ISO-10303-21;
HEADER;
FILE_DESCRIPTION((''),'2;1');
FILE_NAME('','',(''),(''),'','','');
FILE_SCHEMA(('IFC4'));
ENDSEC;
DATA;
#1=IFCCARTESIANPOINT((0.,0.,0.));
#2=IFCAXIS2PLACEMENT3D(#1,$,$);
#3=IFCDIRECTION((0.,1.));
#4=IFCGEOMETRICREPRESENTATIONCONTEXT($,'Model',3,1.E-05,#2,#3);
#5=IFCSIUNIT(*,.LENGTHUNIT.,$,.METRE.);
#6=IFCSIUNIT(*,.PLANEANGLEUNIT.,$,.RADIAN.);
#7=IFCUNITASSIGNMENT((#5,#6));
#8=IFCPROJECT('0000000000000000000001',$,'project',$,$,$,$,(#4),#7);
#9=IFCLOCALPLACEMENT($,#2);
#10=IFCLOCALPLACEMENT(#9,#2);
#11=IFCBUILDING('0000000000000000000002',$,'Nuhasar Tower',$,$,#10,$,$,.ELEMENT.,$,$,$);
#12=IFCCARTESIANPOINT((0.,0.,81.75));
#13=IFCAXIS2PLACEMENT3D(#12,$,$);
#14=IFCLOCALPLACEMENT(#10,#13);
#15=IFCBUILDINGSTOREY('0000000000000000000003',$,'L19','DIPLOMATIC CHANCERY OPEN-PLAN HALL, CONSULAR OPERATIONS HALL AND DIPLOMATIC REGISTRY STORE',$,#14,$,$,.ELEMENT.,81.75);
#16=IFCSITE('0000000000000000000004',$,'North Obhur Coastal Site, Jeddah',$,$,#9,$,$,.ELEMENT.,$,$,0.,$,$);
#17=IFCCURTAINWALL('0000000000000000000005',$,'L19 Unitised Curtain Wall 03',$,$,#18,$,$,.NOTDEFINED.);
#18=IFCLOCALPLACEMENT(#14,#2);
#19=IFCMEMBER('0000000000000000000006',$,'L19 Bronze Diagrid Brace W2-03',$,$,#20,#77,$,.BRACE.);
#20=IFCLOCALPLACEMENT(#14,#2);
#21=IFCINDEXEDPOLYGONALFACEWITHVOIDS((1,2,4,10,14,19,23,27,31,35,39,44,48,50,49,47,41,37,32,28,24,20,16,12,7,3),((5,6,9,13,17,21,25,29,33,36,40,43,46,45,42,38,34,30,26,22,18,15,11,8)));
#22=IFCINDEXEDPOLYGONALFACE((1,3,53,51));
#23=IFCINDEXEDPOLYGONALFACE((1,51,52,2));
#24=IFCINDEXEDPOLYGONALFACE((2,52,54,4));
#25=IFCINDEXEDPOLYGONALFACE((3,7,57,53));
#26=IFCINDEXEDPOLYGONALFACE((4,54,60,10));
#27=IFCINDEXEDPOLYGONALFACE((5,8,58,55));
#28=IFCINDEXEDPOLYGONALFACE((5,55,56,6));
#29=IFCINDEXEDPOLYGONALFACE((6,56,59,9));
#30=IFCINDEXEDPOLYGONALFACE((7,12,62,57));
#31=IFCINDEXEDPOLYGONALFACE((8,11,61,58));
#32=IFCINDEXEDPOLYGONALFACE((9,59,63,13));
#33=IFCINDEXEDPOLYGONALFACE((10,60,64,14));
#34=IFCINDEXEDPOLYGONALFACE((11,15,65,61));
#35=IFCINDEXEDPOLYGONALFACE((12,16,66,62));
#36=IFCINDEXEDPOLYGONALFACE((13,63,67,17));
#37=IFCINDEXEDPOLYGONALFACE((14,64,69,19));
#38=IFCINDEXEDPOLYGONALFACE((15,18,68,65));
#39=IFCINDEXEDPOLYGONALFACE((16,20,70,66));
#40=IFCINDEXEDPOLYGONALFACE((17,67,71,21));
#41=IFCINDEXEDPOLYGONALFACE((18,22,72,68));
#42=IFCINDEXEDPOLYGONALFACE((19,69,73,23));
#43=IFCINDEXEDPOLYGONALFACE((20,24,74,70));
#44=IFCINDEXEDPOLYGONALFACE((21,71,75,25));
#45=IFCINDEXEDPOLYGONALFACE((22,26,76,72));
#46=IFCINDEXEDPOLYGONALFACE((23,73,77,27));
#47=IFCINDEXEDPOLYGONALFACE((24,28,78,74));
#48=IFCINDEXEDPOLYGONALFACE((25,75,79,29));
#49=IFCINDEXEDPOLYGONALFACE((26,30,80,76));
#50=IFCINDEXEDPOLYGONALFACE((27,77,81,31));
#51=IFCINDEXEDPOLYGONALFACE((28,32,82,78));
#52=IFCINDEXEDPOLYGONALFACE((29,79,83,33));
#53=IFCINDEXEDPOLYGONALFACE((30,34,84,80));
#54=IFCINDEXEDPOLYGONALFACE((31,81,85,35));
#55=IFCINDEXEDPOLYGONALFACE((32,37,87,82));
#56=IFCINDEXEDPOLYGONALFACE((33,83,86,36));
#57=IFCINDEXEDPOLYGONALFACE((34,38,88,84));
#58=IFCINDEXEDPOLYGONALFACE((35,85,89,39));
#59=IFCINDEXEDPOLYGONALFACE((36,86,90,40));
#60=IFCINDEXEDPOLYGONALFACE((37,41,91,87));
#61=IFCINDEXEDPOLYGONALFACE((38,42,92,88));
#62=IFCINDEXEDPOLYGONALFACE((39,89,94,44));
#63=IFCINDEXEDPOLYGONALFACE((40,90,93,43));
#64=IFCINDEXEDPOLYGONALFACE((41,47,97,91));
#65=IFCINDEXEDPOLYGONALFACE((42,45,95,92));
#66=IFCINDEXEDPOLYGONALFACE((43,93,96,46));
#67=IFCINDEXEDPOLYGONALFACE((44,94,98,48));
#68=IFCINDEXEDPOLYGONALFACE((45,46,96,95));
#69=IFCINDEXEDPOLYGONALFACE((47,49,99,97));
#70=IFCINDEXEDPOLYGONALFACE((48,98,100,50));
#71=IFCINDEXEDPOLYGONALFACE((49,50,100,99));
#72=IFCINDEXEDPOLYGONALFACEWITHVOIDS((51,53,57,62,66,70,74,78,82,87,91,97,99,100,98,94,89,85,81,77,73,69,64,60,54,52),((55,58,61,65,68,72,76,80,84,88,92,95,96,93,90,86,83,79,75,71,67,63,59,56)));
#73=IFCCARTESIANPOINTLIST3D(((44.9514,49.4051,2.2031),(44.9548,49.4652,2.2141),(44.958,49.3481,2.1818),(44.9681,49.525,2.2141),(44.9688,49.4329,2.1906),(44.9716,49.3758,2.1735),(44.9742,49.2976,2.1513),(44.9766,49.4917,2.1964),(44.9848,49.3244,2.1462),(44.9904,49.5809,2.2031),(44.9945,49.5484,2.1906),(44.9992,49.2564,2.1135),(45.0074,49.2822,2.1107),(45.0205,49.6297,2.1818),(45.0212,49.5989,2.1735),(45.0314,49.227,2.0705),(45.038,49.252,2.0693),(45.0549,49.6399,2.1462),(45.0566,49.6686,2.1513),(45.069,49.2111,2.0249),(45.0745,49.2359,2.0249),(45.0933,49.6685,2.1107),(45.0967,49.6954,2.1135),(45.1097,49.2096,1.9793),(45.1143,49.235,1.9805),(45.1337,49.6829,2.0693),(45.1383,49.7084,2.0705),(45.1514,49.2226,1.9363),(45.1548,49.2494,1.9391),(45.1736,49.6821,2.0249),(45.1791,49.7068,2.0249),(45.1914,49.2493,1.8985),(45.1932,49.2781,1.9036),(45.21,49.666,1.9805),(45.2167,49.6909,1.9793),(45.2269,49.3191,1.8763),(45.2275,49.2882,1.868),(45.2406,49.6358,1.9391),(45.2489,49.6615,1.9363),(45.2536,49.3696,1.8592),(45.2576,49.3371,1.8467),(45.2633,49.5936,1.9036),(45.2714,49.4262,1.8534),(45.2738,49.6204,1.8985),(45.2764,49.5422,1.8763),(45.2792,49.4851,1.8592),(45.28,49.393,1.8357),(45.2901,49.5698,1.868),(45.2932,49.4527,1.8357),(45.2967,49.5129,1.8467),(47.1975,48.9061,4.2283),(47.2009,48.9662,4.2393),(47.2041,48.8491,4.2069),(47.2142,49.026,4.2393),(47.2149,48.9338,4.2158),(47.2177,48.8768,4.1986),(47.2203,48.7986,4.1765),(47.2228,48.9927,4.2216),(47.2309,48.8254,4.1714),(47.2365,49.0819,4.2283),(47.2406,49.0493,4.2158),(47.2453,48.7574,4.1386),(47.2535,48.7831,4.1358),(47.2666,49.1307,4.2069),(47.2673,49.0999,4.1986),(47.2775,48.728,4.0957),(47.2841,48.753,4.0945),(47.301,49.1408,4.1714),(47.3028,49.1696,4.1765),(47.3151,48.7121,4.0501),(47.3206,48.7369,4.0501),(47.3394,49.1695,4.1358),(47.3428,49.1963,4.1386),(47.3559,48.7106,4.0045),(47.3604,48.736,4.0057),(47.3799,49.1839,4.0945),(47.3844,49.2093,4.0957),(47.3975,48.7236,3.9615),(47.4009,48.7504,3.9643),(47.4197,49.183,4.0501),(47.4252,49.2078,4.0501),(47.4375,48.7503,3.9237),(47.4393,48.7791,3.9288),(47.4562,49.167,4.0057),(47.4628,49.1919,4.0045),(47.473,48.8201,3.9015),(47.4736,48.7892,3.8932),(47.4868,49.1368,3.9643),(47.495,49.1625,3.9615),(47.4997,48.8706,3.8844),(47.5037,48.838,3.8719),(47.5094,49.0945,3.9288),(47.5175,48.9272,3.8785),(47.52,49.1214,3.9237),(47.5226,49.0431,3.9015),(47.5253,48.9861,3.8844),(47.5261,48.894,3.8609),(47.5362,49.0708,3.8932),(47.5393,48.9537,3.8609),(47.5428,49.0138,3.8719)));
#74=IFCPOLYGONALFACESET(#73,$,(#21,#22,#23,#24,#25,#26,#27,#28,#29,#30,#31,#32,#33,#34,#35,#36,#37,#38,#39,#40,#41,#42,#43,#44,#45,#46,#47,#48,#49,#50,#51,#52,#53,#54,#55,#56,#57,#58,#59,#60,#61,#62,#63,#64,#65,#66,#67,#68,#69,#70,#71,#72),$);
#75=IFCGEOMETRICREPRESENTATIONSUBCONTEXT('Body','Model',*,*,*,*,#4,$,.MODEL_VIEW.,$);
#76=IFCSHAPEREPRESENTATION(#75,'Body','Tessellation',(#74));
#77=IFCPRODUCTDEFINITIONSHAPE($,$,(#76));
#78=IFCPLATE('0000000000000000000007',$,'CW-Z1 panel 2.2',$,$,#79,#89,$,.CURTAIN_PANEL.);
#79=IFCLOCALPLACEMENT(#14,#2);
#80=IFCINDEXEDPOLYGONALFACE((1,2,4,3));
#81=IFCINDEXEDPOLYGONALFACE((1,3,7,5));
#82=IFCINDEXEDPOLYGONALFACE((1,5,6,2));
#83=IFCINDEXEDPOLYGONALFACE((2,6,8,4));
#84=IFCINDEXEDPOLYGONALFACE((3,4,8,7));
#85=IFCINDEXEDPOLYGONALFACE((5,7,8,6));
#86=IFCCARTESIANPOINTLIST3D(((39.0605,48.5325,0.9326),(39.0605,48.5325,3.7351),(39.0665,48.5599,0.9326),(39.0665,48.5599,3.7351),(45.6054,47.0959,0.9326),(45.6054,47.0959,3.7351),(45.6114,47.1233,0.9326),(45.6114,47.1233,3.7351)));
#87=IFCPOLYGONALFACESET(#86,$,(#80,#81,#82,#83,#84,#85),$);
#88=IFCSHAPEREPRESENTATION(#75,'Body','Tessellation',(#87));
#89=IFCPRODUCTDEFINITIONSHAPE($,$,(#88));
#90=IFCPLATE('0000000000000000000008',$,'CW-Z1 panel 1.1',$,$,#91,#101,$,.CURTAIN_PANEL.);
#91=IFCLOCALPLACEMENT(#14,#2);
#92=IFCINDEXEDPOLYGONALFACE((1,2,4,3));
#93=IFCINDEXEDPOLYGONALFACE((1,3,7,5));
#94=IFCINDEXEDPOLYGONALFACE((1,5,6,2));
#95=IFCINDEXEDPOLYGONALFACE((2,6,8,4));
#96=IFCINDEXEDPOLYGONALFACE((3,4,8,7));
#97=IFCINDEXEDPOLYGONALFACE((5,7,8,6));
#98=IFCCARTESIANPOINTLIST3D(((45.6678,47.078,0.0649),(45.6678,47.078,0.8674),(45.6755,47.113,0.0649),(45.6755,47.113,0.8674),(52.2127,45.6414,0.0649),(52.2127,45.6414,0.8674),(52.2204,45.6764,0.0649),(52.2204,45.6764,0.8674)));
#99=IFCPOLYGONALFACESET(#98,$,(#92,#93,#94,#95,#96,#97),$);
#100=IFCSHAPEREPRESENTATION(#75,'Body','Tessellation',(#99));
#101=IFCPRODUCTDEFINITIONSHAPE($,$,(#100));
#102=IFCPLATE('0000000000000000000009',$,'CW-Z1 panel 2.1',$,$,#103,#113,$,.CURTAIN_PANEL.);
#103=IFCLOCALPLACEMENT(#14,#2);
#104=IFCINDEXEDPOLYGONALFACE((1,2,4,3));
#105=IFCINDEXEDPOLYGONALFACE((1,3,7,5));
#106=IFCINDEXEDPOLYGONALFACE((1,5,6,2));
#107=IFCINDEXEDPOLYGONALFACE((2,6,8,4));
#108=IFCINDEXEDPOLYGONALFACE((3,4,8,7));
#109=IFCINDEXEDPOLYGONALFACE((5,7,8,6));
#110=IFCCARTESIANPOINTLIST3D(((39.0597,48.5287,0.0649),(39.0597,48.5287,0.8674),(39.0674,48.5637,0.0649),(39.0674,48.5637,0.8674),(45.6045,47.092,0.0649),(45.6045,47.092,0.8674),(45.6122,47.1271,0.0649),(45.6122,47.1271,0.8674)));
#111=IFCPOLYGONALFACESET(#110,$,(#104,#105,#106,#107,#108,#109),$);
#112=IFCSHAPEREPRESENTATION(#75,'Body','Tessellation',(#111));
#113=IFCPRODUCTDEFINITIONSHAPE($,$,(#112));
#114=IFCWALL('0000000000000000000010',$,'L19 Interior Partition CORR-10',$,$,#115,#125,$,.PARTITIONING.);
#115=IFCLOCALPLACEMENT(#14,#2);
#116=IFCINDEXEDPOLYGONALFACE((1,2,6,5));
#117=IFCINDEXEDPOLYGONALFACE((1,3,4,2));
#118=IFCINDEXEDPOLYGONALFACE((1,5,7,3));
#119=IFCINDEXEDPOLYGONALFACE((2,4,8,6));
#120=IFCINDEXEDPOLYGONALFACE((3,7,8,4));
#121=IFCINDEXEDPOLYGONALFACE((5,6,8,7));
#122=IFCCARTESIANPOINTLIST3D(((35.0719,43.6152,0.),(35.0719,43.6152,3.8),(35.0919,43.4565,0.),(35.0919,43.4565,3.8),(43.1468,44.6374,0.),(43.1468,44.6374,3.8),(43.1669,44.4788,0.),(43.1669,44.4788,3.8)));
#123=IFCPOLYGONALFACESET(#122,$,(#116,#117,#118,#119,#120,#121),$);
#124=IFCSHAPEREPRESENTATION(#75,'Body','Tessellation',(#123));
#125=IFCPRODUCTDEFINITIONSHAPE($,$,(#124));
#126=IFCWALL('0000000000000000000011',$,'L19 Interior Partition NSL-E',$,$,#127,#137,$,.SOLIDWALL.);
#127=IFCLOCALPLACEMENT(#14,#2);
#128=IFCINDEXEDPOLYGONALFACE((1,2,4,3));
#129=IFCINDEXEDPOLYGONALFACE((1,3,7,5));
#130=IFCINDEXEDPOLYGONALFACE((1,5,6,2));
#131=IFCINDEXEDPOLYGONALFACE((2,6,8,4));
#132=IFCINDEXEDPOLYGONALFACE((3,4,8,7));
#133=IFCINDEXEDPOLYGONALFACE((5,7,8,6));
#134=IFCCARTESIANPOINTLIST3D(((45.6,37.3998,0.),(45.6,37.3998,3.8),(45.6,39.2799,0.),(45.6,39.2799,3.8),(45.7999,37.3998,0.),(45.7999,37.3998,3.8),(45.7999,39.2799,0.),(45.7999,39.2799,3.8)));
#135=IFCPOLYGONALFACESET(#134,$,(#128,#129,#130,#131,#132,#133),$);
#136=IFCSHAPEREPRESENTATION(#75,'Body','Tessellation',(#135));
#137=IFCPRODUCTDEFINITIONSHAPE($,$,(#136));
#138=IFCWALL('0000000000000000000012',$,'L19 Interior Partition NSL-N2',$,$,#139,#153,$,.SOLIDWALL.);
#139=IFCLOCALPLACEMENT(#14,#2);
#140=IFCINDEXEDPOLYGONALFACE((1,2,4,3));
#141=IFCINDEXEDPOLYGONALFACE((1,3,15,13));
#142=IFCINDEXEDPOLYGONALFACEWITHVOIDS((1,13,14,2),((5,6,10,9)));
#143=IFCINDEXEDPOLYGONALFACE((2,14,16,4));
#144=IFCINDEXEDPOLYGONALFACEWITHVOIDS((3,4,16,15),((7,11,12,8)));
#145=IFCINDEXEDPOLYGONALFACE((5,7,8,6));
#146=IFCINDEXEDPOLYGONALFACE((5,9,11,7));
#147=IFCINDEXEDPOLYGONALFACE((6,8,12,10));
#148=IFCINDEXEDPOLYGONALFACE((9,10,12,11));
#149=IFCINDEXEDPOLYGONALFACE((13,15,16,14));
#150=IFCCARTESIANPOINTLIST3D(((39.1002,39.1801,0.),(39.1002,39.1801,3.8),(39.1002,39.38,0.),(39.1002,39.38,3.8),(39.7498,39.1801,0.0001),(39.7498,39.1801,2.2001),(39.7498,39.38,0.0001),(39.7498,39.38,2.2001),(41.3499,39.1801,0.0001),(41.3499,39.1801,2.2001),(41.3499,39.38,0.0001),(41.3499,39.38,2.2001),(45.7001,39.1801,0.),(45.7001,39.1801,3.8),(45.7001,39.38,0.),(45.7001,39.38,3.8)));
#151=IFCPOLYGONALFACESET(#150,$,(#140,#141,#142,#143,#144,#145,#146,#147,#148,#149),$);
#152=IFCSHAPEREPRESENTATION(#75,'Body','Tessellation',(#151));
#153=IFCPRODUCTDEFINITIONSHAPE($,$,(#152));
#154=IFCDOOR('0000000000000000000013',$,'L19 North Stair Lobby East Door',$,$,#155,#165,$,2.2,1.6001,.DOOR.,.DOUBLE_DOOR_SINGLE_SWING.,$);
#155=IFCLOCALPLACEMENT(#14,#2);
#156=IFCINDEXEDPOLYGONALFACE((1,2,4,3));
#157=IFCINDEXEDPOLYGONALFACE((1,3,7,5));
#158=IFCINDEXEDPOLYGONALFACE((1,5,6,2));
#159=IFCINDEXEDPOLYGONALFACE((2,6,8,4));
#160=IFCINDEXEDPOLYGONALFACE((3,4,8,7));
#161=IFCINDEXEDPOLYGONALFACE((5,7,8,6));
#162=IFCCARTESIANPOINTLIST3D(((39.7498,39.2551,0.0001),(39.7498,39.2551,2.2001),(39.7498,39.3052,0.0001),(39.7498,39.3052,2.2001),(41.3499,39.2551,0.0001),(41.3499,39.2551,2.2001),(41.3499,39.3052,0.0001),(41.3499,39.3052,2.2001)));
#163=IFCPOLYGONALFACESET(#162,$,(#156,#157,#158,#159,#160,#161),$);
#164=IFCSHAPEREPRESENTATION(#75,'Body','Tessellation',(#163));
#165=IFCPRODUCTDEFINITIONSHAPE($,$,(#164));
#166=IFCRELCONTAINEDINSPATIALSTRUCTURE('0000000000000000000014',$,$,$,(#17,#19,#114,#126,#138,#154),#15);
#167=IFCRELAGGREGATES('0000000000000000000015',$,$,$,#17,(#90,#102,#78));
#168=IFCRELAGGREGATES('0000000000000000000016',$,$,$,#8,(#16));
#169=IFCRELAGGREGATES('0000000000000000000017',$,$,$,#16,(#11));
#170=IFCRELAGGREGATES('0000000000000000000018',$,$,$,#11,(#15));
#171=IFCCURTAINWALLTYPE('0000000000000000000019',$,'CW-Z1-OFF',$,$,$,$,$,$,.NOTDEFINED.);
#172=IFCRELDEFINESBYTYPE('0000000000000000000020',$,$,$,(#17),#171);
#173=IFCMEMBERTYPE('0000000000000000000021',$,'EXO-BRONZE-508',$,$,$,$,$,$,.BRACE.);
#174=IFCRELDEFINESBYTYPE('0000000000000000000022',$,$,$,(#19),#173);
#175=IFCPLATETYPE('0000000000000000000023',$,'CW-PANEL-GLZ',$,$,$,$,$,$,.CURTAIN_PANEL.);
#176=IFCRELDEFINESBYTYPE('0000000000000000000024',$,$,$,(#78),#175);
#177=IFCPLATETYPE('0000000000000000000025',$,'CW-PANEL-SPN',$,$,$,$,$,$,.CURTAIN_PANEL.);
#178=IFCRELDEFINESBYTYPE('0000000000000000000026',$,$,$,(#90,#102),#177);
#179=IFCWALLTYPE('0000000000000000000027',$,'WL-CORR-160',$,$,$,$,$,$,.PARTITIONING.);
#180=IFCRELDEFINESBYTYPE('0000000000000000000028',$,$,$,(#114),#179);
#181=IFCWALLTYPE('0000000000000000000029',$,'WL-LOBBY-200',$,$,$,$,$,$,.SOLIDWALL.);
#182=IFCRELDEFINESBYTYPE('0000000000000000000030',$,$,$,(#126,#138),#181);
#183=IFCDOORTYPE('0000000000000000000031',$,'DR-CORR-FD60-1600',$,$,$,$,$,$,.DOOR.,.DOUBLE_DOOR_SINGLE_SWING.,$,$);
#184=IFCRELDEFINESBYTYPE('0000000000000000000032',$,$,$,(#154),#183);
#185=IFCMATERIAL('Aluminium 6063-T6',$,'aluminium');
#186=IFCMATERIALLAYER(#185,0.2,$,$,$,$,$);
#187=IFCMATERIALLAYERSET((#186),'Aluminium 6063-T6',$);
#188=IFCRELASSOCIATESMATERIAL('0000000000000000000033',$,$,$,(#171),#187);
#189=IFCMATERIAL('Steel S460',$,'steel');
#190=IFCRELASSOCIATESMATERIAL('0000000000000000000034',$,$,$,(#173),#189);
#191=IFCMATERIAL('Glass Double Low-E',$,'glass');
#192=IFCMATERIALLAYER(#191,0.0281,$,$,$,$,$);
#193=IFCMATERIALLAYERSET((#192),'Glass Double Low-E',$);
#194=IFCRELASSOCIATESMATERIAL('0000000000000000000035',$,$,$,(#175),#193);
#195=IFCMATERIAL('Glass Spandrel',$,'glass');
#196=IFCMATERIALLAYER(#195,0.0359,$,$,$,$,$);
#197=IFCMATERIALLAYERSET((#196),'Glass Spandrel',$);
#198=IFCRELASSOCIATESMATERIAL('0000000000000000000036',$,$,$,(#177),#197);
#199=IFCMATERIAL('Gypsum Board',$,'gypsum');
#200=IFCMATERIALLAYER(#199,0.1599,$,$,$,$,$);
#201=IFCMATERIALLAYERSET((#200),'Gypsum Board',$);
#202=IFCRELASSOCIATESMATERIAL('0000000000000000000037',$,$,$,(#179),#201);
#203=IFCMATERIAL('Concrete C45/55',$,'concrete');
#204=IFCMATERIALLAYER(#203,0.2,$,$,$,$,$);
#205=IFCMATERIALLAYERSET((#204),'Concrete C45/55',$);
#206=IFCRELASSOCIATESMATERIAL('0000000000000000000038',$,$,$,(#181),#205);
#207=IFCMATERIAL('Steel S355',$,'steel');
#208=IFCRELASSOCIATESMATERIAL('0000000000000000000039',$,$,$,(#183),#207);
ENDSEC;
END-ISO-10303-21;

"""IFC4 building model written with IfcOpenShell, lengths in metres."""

from ifc_helpers import new_model, si_unit, direction, frame, frame_2d, origin, origin_2d, place, context, subcontext, project, spatial, rectangle, hollow_circle, extrude, material, layer, layer_set, material_profile, profile_set, type_object, element, fill, aggregate, save


model = new_model("IFC4")

# Units and contexts
model_context = context("Model", 3, precision=1e-05, world=origin(), true_north=direction((0.0, 1.0)))
body_context = subcontext(model_context, "Body", "Model", "MODEL_VIEW")
ifc_project = project(units=[si_unit("LENGTHUNIT", "METRE"), si_unit("PLANEANGLEUNIT", "RADIAN")], contexts=[model_context])

# Site, building, storey
site_placement = place(None, origin())
site = spatial("IfcSite", under=ifc_project, at=site_placement, Name="North Obhur Coastal Site, Jeddah", CompositionType="ELEMENT", RefElevation=0.0)
building_placement = place(site_placement, origin())
building = spatial("IfcBuilding", under=site, at=building_placement, Name="Nuhasar Tower", CompositionType="ELEMENT")
storey_placement = place(building_placement, frame((0.0, 0.0, 81.75)))
storey = spatial("IfcBuildingStorey", under=building, at=storey_placement, Name="L19", Description="DIPLOMATIC CHANCERY OPEN-PLAN HALL, CONSULAR OPERATIONS HALL AND DIPLOMATIC REGISTRY STORE", CompositionType="ELEMENT", Elevation=81.75)

# Shared definitions
ifc_material_1 = material(Name="Steel S355", Category="steel")

# Curtain wall
ifc_material_2 = material(Name="Aluminium 6063-T6", Category="aluminium")
ifc_layer_1 = layer(ifc_material_2, 0.2)
ifc_layer_set_1 = layer_set([ifc_layer_1], Name="Aluminium 6063-T6")
curtain_wall_type = type_object("IfcCurtainWallType", Name="CW-Z1-OFF", PredefinedType="NOTDEFINED", material=ifc_layer_set_1)
curtain_wall_placement = place(storey_placement, origin())
curtain_wall = element("IfcCurtainWall", 1, at=curtain_wall_placement, inside=storey, type_object=curtain_wall_type, Name="L19 Unitised Curtain Wall 03", PredefinedType="NOTDEFINED")

# Member
ifc_material_3 = material(Name="Steel S460", Category="steel")
ifc_material_profile_1 = material_profile(ifc_material_3, hollow_circle(Radius=0.2539, WallThickness=0.0254, at=origin_2d()), Name="HSS508X25.4")
ifc_profile_set_1 = profile_set([ifc_material_profile_1], Name="Steel S460")
member_type_1 = type_object("IfcMemberType", Name="EXO-BRONZE-508", PredefinedType="BRACE", material=ifc_profile_set_1)
member_1_placement = place(storey_placement, frame((45.124, 49.459, 2.0249), z_axis=(0.732783, -0.162805, 0.660699), x_axis=(0.216886, 0.976197, 0.0)))
element("IfcMember", 2, at=member_1_placement, inside=storey, type_object=member_type_1, Name="L19 Bronze Diagrid Brace W2-03", PredefinedType="BRACE", context=body_context, shape_type="SweptSolid", body=[
    extrude(hollow_circle(Radius=0.2539, WallThickness=0.0254, at=origin_2d()), origin(), (0.0, 0.0, 1.0), 3.0652),
])

# Plates
ifc_material_4 = material(Name="Glass Double Low-E", Category="glass")
ifc_layer_2 = layer(ifc_material_4, 0.0281)
ifc_layer_set_2 = layer_set([ifc_layer_2], Name="Glass Double Low-E")
plate_type_1 = type_object("IfcPlateType", Name="CW-PANEL-GLZ", PredefinedType="CURTAIN_PANEL", material=ifc_layer_set_2)
plate_1_placement = place(storey_placement, frame((42.3359, 47.8279, 0.9326), z_axis=(0.0, 0.0, 1.0), x_axis=(-0.976746, 0.214399, 0.0)))
plate_1 = element("IfcPlate", 3, at=plate_1_placement, type_object=plate_type_1, Name="CW-Z1 panel 2.2", PredefinedType="CURTAIN_PANEL", context=body_context, shape_type="SweptSolid", body=[
    extrude(rectangle(XDim=6.7007, YDim=0.0281, at=origin_2d()), origin(), (0.0, 0.0, 1.0), 2.8025),
])
ifc_material_5 = material(Name="Glass Spandrel", Category="glass")
ifc_layer_3 = layer(ifc_material_5, 0.0359)
ifc_layer_set_3 = layer_set([ifc_layer_3], Name="Glass Spandrel")
plate_type_2 = type_object("IfcPlateType", Name="CW-PANEL-SPN", PredefinedType="CURTAIN_PANEL", material=ifc_layer_set_3)
plate_2_placement = place(storey_placement, frame((48.9441, 46.3772, 0.0649), z_axis=(0.0, 0.0, 1.0), x_axis=(-0.976746, 0.214399, 0.0)))
plate_2 = element("IfcPlate", 4, at=plate_2_placement, type_object=plate_type_2, Name="CW-Z1 panel 1.1", PredefinedType="CURTAIN_PANEL", context=body_context, shape_type="SweptSolid", body=[
    extrude(rectangle(XDim=6.7007, YDim=0.0359, at=origin_2d()), origin(), (0.0, 0.0, 1.0), 0.8025),
])
plate_3_placement = place(storey_placement, frame((42.3359, 47.8279, 0.0649), z_axis=(0.0, 0.0, 1.0), x_axis=(-0.976746, 0.214399, 0.0)))
plate_3 = element("IfcPlate", 5, at=plate_3_placement, type_object=plate_type_2, Name="CW-Z1 panel 2.1", PredefinedType="CURTAIN_PANEL", context=body_context, shape_type="SweptSolid", body=[
    extrude(rectangle(XDim=6.7007, YDim=0.0359, at=origin_2d()), origin(), (0.0, 0.0, 1.0), 0.8025),
])
aggregate(curtain_wall, [plate_2, plate_3, plate_1])

# Walls
ifc_material_6 = material(Name="Gypsum Board", Category="gypsum")
ifc_layer_4 = layer(ifc_material_6, 0.1599)
ifc_layer_set_4 = layer_set([ifc_layer_4], Name="Gypsum Board")
wall_type_1 = type_object("IfcWallType", Name="WL-CORR-160", PredefinedType="PARTITIONING", material=ifc_layer_set_4)
wall_1_placement = place(storey_placement, frame((43.157, 44.5581, 0.0), z_axis=(0.0, 0.0, 1.0), x_axis=(-0.992082, -0.125589, 0.0)))
element("IfcWall", 6, at=wall_1_placement, inside=storey, type_object=wall_type_1, Name="L19 Interior Partition CORR-10", PredefinedType="PARTITIONING", context=body_context, shape_type="SweptSolid", body=[
    extrude(rectangle(XDim=8.1394, YDim=0.1599, at=frame_2d((4.0698, 0.0))), origin(), (0.0, 0.0, 1.0), 3.8),
])
ifc_material_7 = material(Name="Concrete C45/55", Category="concrete")
ifc_layer_5 = layer(ifc_material_7, 0.2)
ifc_layer_set_5 = layer_set([ifc_layer_5], Name="Concrete C45/55")
wall_type_2 = type_object("IfcWallType", Name="WL-LOBBY-200", PredefinedType="SOLIDWALL", material=ifc_layer_set_5)
wall_2_placement = place(storey_placement, frame((45.7, 37.3999, 0.0), z_axis=(0.0, 0.0, 1.0), x_axis=(0.0, 1.0, 0.0)))
element("IfcWall", 7, at=wall_2_placement, inside=storey, type_object=wall_type_2, Name="L19 Interior Partition NSL-E", PredefinedType="SOLIDWALL", context=body_context, shape_type="SweptSolid", body=[
    extrude(rectangle(XDim=1.8801, YDim=0.2, at=frame_2d((0.9399, 0.0))), origin(), (0.0, 0.0, 1.0), 3.8),
])

# Wall, opening, door
wall_3_placement = place(storey_placement, frame((45.7, 39.28, 0.0), z_axis=(0.0, 0.0, 1.0), x_axis=(-1.0, 0.0, 0.0)))
wall_3 = element("IfcWall", 8, at=wall_3_placement, inside=storey, type_object=wall_type_2, Name="L19 Interior Partition NSL-N2", PredefinedType="SOLIDWALL", context=body_context, shape_type="SweptSolid", body=[
    extrude(rectangle(XDim=6.5999, YDim=0.2, at=frame_2d((3.2998, 0.0))), origin(), (0.0, 0.0, 1.0), 3.8),
])
opening_1_placement = place(wall_3_placement, frame((4.3501, 0.0, 0.0)))
opening_1 = element("IfcOpeningElement", 9, at=opening_1_placement, cuts=wall_3, PredefinedType="OPENING", context=body_context, shape_type="SweptSolid", body=[
    extrude(rectangle(XDim=1.6001, YDim=2.2, at=frame_2d((0.8, 1.1001))), frame((0.0, 0.1099, 0.0), z_axis=(0.0, -1.0, 0.0), x_axis=(1.0, 0.0, 0.0)), (0.0, 0.0, 1.0), 0.22),
])
door_type_1 = type_object("IfcDoorType", Name="DR-CORR-FD60-1600", OperationType="DOUBLE_DOOR_SINGLE_SWING", PredefinedType="DOOR", material=ifc_material_1)
door_1_placement = place(opening_1_placement, origin())
door_1 = element("IfcDoor", 10, at=door_1_placement, inside=storey, type_object=door_type_1, Name="L19 North Stair Lobby East Door", OperationType="DOUBLE_DOOR_SINGLE_SWING", OverallHeight=2.2, OverallWidth=1.6001, PredefinedType="DOOR", context=body_context, shape_type="SweptSolid", body=[
    extrude(rectangle(XDim=1.6001, YDim=2.2, at=frame_2d((0.8, 1.1001))), frame((0.0, 0.0249, 0.0), z_axis=(0.0, -1.0, 0.0), x_axis=(1.0, 0.0, 0.0)), (0.0, 0.0, 1.0), 0.05),
])
fill(opening_1, door_1)

save(model, "model.ifc")
